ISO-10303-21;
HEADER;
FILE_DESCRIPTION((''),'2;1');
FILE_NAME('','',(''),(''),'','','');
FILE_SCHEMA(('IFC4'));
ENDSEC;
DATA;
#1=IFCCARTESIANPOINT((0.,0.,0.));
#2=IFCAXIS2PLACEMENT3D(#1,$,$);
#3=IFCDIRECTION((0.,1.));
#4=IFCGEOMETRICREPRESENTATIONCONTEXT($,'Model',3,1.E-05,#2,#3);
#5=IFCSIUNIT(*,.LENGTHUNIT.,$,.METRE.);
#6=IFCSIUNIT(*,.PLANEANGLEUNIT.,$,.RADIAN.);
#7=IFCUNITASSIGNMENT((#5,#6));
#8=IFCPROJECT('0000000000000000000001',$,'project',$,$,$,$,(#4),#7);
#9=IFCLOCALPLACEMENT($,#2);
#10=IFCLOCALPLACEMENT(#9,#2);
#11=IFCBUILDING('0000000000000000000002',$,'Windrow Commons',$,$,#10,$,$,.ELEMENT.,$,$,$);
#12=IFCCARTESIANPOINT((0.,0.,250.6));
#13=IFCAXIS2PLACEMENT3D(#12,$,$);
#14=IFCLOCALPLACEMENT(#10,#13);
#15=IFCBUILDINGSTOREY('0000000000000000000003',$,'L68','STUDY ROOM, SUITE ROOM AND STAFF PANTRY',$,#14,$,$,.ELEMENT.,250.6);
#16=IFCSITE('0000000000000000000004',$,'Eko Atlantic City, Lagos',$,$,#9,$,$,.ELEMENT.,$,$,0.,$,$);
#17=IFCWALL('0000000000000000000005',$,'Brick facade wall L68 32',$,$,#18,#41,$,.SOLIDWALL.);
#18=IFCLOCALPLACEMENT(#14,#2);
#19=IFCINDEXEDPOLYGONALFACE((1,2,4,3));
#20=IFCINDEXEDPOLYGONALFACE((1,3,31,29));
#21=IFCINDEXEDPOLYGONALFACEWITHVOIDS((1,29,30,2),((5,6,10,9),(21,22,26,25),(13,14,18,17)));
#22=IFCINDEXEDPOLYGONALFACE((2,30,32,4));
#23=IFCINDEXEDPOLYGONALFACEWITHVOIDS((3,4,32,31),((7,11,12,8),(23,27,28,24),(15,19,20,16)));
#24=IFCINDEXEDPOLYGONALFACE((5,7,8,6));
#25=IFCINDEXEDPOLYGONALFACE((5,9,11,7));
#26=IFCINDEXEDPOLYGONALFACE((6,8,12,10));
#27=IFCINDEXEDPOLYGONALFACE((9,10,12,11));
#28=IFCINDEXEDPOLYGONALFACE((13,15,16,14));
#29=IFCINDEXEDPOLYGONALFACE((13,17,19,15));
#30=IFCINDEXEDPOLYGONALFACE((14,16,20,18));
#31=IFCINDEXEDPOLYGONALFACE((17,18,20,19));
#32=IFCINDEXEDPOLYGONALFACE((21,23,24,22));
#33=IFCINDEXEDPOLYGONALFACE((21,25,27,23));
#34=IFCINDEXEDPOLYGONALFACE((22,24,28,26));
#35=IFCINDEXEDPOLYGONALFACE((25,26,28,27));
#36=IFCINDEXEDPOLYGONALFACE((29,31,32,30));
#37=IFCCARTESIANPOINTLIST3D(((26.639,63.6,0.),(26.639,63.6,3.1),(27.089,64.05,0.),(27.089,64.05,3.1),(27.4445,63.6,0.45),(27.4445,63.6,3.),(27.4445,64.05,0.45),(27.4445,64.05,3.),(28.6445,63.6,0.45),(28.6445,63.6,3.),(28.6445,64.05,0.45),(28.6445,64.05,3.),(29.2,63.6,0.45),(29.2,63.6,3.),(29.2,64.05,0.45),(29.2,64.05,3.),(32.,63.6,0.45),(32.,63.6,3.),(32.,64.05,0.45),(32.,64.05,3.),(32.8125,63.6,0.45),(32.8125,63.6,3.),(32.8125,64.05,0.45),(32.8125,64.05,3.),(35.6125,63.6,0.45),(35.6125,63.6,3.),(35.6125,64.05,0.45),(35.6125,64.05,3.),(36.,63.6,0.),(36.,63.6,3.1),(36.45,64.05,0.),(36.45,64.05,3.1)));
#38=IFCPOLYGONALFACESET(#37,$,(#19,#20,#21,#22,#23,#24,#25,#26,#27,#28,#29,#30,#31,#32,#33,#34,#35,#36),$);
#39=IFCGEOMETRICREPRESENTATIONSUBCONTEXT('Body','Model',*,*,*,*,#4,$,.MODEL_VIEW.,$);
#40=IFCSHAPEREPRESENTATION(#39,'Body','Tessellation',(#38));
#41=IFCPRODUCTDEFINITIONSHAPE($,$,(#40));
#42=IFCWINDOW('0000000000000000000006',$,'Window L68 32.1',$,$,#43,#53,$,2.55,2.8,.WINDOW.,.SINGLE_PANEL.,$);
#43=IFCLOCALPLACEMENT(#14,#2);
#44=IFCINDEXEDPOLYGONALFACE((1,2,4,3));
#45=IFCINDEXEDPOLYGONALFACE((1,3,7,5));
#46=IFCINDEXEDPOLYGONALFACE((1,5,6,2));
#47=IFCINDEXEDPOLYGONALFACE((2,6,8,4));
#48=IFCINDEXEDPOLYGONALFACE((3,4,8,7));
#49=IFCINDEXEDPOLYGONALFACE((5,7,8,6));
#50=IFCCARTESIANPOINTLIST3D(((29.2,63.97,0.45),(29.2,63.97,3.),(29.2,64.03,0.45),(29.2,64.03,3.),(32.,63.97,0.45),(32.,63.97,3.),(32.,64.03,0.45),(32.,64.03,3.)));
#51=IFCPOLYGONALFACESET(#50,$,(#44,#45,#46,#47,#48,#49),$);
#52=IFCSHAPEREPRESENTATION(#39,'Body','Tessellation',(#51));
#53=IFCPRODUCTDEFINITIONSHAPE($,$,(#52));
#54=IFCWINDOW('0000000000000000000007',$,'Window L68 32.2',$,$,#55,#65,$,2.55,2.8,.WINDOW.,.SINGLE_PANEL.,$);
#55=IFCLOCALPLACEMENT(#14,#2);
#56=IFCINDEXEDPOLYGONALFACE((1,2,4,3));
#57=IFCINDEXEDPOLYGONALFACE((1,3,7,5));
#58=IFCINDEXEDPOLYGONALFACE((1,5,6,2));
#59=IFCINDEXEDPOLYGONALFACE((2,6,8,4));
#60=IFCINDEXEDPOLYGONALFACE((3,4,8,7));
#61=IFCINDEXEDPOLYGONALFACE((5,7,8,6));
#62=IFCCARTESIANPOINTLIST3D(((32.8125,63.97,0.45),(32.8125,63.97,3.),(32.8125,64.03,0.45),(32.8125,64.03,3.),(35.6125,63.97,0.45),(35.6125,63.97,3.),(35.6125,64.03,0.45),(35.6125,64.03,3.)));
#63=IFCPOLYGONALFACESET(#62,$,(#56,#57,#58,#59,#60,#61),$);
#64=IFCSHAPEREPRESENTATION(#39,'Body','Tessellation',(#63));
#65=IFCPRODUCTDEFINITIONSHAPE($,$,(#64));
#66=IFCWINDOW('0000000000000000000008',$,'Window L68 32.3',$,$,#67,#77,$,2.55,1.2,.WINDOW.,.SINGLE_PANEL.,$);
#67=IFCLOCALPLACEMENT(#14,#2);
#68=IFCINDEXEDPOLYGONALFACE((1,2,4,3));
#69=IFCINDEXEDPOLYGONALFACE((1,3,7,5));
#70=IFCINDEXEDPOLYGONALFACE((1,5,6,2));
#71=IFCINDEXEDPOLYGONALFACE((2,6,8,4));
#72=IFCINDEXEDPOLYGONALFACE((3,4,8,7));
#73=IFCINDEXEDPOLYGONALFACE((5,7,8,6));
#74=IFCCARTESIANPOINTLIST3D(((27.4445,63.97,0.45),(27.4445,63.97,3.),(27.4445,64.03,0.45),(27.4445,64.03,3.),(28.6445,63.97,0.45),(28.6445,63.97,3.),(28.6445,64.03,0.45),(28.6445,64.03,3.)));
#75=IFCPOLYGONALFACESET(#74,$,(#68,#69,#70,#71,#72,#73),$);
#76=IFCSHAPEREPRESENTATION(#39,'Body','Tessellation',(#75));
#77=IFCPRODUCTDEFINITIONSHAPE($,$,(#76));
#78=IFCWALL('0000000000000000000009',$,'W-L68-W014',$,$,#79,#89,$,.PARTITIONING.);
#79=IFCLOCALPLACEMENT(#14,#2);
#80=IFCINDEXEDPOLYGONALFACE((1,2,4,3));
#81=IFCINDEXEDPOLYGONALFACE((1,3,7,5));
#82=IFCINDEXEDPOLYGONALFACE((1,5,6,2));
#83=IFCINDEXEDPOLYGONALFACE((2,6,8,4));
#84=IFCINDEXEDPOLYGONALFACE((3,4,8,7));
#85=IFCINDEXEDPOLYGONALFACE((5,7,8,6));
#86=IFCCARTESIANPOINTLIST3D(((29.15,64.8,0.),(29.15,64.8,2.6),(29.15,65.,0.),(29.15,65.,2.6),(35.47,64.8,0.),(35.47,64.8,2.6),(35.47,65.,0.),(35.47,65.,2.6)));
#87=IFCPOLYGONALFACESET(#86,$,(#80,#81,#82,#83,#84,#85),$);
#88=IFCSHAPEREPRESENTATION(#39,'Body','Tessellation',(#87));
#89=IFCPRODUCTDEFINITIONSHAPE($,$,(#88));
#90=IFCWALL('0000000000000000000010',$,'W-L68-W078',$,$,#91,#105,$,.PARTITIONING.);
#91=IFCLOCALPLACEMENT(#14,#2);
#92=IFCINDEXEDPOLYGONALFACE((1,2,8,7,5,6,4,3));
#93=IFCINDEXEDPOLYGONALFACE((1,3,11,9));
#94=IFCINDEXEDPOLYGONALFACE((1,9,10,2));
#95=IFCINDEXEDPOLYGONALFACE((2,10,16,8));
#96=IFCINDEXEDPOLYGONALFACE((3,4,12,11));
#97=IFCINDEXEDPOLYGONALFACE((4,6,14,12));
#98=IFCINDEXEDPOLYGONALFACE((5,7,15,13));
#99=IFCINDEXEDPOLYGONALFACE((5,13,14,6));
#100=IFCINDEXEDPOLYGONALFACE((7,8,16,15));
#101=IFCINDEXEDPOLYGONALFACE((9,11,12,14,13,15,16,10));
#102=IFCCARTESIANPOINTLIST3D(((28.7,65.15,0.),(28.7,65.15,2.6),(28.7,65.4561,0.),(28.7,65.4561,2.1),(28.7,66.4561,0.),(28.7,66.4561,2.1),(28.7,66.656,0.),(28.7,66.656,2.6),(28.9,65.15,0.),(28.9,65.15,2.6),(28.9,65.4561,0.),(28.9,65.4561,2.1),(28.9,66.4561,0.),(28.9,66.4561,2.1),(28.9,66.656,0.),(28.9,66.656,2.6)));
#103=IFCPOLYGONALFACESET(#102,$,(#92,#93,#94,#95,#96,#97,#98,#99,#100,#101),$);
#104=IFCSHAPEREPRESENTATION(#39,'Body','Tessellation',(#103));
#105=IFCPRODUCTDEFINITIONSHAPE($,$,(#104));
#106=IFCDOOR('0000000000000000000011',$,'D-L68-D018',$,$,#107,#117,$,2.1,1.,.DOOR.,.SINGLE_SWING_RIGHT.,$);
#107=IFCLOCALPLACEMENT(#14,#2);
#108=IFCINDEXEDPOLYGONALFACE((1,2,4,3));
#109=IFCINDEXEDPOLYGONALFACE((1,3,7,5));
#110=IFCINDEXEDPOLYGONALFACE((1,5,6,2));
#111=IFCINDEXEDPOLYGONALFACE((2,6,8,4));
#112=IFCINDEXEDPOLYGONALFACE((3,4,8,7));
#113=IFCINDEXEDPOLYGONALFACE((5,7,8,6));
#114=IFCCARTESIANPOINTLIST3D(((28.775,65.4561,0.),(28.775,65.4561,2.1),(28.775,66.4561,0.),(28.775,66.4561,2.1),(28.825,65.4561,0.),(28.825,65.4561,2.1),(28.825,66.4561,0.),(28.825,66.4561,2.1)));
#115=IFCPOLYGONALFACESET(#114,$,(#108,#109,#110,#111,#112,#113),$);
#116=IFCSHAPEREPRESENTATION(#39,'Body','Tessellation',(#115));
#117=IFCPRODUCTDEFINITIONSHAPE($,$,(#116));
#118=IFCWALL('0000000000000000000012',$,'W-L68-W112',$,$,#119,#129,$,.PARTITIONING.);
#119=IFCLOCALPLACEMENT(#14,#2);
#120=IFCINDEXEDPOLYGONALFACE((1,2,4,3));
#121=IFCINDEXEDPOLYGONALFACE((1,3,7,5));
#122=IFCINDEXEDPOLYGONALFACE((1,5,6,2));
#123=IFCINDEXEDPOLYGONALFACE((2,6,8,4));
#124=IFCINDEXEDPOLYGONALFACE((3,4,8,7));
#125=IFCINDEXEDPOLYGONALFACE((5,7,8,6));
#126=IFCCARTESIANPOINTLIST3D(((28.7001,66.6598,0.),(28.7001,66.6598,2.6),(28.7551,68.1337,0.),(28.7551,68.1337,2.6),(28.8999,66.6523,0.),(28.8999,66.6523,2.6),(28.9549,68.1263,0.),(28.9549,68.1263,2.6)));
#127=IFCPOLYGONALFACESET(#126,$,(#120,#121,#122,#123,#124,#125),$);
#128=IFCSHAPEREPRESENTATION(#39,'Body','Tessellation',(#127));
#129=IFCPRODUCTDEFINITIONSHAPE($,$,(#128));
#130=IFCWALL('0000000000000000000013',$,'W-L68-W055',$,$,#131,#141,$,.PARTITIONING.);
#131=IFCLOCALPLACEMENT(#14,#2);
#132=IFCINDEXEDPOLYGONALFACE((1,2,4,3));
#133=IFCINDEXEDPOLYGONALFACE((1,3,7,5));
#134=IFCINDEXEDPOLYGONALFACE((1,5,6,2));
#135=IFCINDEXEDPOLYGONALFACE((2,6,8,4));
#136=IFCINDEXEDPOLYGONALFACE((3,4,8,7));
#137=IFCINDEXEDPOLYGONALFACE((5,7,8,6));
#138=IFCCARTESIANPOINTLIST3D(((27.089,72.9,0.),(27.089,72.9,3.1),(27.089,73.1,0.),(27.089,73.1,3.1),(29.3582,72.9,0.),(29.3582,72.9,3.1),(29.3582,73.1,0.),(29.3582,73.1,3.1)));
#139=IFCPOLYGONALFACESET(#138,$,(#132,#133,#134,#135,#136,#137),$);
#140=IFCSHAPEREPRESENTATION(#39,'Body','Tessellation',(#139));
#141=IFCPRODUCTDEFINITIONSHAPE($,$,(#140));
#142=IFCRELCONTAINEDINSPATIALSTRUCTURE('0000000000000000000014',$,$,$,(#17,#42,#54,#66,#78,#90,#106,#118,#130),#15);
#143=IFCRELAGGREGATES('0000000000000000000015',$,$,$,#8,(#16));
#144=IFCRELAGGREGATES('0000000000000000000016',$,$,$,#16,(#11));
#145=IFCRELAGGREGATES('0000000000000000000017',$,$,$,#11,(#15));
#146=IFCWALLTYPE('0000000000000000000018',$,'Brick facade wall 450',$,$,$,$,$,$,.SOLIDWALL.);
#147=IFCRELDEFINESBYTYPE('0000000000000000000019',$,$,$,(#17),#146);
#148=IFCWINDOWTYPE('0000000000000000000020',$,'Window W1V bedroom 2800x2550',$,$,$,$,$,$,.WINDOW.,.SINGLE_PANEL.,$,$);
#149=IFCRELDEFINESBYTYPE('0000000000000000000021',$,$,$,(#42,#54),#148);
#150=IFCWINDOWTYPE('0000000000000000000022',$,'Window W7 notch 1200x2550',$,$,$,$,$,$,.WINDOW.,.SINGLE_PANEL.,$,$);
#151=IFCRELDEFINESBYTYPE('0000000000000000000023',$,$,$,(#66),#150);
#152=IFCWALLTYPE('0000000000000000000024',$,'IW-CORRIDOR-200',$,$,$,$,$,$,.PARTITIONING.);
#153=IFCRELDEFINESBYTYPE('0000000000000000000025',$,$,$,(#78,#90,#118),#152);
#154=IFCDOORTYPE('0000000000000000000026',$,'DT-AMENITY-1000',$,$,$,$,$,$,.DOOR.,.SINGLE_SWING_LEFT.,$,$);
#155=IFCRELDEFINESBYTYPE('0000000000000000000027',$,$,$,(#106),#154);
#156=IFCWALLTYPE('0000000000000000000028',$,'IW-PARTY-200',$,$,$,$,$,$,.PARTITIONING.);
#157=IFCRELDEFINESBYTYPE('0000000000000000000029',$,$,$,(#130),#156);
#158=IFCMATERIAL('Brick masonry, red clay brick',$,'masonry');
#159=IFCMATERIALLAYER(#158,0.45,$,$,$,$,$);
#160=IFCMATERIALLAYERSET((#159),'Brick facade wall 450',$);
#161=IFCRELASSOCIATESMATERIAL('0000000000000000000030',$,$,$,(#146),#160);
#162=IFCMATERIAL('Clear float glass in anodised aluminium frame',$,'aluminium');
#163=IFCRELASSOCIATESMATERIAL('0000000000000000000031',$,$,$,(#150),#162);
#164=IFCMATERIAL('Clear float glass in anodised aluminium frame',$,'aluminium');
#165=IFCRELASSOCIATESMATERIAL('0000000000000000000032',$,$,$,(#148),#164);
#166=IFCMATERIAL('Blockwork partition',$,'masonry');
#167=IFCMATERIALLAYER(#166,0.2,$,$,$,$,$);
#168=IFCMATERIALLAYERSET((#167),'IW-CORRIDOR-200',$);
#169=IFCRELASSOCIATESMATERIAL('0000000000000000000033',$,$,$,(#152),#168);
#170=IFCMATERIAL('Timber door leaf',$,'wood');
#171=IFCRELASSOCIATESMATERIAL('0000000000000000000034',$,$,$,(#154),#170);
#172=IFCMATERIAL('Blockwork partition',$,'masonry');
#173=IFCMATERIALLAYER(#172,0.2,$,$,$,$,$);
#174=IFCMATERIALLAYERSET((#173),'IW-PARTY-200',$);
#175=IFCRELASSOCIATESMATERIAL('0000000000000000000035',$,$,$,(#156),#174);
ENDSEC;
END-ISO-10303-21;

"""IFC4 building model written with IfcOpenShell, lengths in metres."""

from ifc_helpers import new_model, si_unit, direction, frame, frame_2d, origin, place, context, subcontext, project, spatial, polyline, rectangle, outline, extrude, material, layer, layer_set, type_object, element, fill, save


model = new_model("IFC4")

# Units and contexts
model_context = context("Model", 3, precision=1e-05, world=origin(), true_north=direction((0.0, 1.0)))
body_context = subcontext(model_context, "Body", "Model", "MODEL_VIEW")
ifc_project = project(units=[si_unit("LENGTHUNIT", "METRE"), si_unit("PLANEANGLEUNIT", "RADIAN")], contexts=[model_context])

# Site, building, storey
site_placement = place(None, origin())
site = spatial("IfcSite", under=ifc_project, at=site_placement, Name="Eko Atlantic City, Lagos", CompositionType="ELEMENT", RefElevation=0.0)
building_placement = place(site_placement, origin())
building = spatial("IfcBuilding", under=site, at=building_placement, Name="Windrow Commons", CompositionType="ELEMENT")
storey_placement = place(building_placement, frame((0.0, 0.0, 250.6)))
storey = spatial("IfcBuildingStorey", under=building, at=storey_placement, Name="L68", Description="STUDY ROOM, SUITE ROOM AND STAFF PANTRY", CompositionType="ELEMENT", Elevation=250.6)

# Shared definitions
ifc_material_1 = material(Name="Brick masonry, red clay brick", Category="masonry")
ifc_layer_1 = layer(ifc_material_1, 0.45)
ifc_layer_set_1 = layer_set([ifc_layer_1], Name="Brick facade wall 450")
wall_type_1 = type_object("IfcWallType", Name="Brick facade wall 450", PredefinedType="SOLIDWALL", material=ifc_layer_set_1)
ifc_material_2 = material(Name="Clear float glass in anodised aluminium frame", Category="aluminium")
window_type_1 = type_object("IfcWindowType", Name="Window W7 notch 1200x2550", PartitioningType="SINGLE_PANEL", PredefinedType="WINDOW", material=ifc_material_2)

# Wall, openings, windows
ifc_material_3 = material(Name="Clear float glass in anodised aluminium frame", Category="aluminium")
window_type_2 = type_object("IfcWindowType", Name="Window W1V bedroom 2800x2550", PartitioningType="SINGLE_PANEL", PredefinedType="WINDOW", material=ifc_material_3)
wall_1_placement = place(storey_placement, frame((26.864, 63.825, 0.0), z_axis=(0.0, 0.0, 1.0), x_axis=(1.0, 0.0, 0.0)))
wall_1 = element("IfcWall", 1, at=wall_1_placement, inside=storey, type_object=wall_type_1, Name="Brick facade wall L68 32", PredefinedType="SOLIDWALL", context=body_context, shape_type="SweptSolid", body=[
    extrude(outline(polyline([(-0.225, -0.225), (9.136, -0.225), (9.586, 0.225), (0.225, 0.225), (-0.225, -0.225)])), origin(), (0.0, 0.0, 1.0), 3.1),
])
opening_1_placement = place(wall_1_placement, frame((2.336, 0.0, 0.45)))
opening_1 = element("IfcOpeningElement", 2, at=opening_1_placement, cuts=wall_1, PredefinedType="OPENING", context=body_context, shape_type="SweptSolid", body=[
    extrude(rectangle(XDim=2.8, YDim=2.55, at=frame_2d((1.4, 1.275))), frame((0.0, 0.235, 0.0), z_axis=(0.0, -1.0, 0.0), x_axis=(1.0, 0.0, 0.0)), (0.0, 0.0, 1.0), 0.47),
])
opening_2_placement = place(wall_1_placement, frame((5.9485, 0.0, 0.45)))
opening_2 = element("IfcOpeningElement", 3, at=opening_2_placement, cuts=wall_1, PredefinedType="OPENING", context=body_context, shape_type="SweptSolid", body=[
    extrude(rectangle(XDim=2.8, YDim=2.55, at=frame_2d((1.4, 1.275))), frame((0.0, 0.235, 0.0), z_axis=(0.0, -1.0, 0.0), x_axis=(1.0, 0.0, 0.0)), (0.0, 0.0, 1.0), 0.47),
])
opening_3_placement = place(wall_1_placement, frame((0.5805, 0.0, 0.45)))
opening_3 = element("IfcOpeningElement", 4, at=opening_3_placement, cuts=wall_1, PredefinedType="OPENING", context=body_context, shape_type="SweptSolid", body=[
    extrude(rectangle(XDim=1.2, YDim=2.55, at=frame_2d((0.6, 1.275))), frame((0.0, 0.235, 0.0), z_axis=(0.0, -1.0, 0.0), x_axis=(1.0, 0.0, 0.0)), (0.0, 0.0, 1.0), 0.47),
])
window_1_placement = place(opening_1_placement, origin())
window_1 = element("IfcWindow", 5, at=window_1_placement, inside=storey, type_object=window_type_2, Name="Window L68 32.1", OverallHeight=2.55, OverallWidth=2.8, PartitioningType="SINGLE_PANEL", PredefinedType="WINDOW", context=body_context, shape_type="SweptSolid", body=[
    extrude(rectangle(XDim=2.8, YDim=2.55, at=frame_2d((1.4, 1.275))), frame((0.0, 0.205, 0.0), z_axis=(0.0, -1.0, 0.0), x_axis=(1.0, 0.0, 0.0)), (0.0, 0.0, 1.0), 0.06),
])
fill(opening_1, window_1)
window_2_placement = place(opening_2_placement, origin())
window_2 = element("IfcWindow", 6, at=window_2_placement, inside=storey, type_object=window_type_2, Name="Window L68 32.2", OverallHeight=2.55, OverallWidth=2.8, PartitioningType="SINGLE_PANEL", PredefinedType="WINDOW", context=body_context, shape_type="SweptSolid", body=[
    extrude(rectangle(XDim=2.8, YDim=2.55, at=frame_2d((1.4, 1.275))), frame((0.0, 0.205, 0.0), z_axis=(0.0, -1.0, 0.0), x_axis=(1.0, 0.0, 0.0)), (0.0, 0.0, 1.0), 0.06),
])
fill(opening_2, window_2)
window_3_placement = place(opening_3_placement, origin())
window_3 = element("IfcWindow", 7, at=window_3_placement, inside=storey, type_object=window_type_1, Name="Window L68 32.3", OverallHeight=2.55, OverallWidth=1.2, PartitioningType="SINGLE_PANEL", PredefinedType="WINDOW", context=body_context, shape_type="SweptSolid", body=[
    extrude(rectangle(XDim=1.2, YDim=2.55, at=frame_2d((0.6, 1.275))), frame((0.0, 0.205, 0.0), z_axis=(0.0, -1.0, 0.0), x_axis=(1.0, 0.0, 0.0)), (0.0, 0.0, 1.0), 0.06),
])
fill(opening_3, window_3)

# Wall
ifc_material_4 = material(Name="Blockwork partition", Category="masonry")
ifc_layer_2 = layer(ifc_material_4, 0.2)
ifc_layer_set_2 = layer_set([ifc_layer_2], Name="IW-CORRIDOR-200")
wall_type_2 = type_object("IfcWallType", Name="IW-CORRIDOR-200", PredefinedType="PARTITIONING", material=ifc_layer_set_2)
wall_2_placement = place(storey_placement, frame((29.15, 64.9, 0.0), z_axis=(0.0, 0.0, 1.0), x_axis=(1.0, 0.0, 0.0)))
element("IfcWall", 8, at=wall_2_placement, inside=storey, type_object=wall_type_2, Name="W-L68-W014", PredefinedType="PARTITIONING", context=body_context, shape_type="SweptSolid", body=[
    extrude(rectangle(XDim=6.32, YDim=0.2, at=frame_2d((3.16, 0.0))), origin(), (0.0, 0.0, 1.0), 2.6),
])

# Wall, opening, door
wall_3_placement = place(storey_placement, frame((28.8, 65.15, 0.0), z_axis=(0.0, 0.0, 1.0), x_axis=(0.0, 1.0, 0.0)))
wall_3 = element("IfcWall", 9, at=wall_3_placement, inside=storey, type_object=wall_type_2, Name="W-L68-W078", PredefinedType="PARTITIONING", context=body_context, shape_type="SweptSolid", body=[
    extrude(rectangle(XDim=1.506, YDim=0.2, at=frame_2d((0.753, 0.0))), origin(), (0.0, 0.0, 1.0), 2.6),
])
opening_4_placement = place(wall_3_placement, frame((0.3061, 0.0, 0.0)))
opening_4 = element("IfcOpeningElement", 10, at=opening_4_placement, cuts=wall_3, PredefinedType="OPENING", context=body_context, shape_type="SweptSolid", body=[
    extrude(rectangle(XDim=1.0, YDim=2.1, at=frame_2d((0.5, 1.05))), frame((0.0, 0.11, 0.0), z_axis=(0.0, -1.0, 0.0), x_axis=(1.0, 0.0, 0.0)), (0.0, 0.0, 1.0), 0.22),
])
ifc_material_5 = material(Name="Timber door leaf", Category="wood")
door_type_1 = type_object("IfcDoorType", Name="DT-AMENITY-1000", OperationType="SINGLE_SWING_LEFT", PredefinedType="DOOR", material=ifc_material_5)
door_1_placement = place(opening_4_placement, origin())
door_1 = element("IfcDoor", 11, at=door_1_placement, inside=storey, type_object=door_type_1, Name="D-L68-D018", OperationType="SINGLE_SWING_RIGHT", OverallHeight=2.1, OverallWidth=1.0, PredefinedType="DOOR", context=body_context, shape_type="SweptSolid", body=[
    extrude(rectangle(XDim=1.0, YDim=2.1, at=frame_2d((0.5, 1.05))), frame((0.0, 0.025, 0.0), z_axis=(0.0, -1.0, 0.0), x_axis=(1.0, 0.0, 0.0)), (0.0, 0.0, 1.0), 0.05),
])
fill(opening_4, door_1)

# Walls
wall_4_placement = place(storey_placement, frame((28.855, 68.13, 0.0), z_axis=(0.0, 0.0, 1.0), x_axis=(-0.037287, -0.999305, 0.0)))
element("IfcWall", 12, at=wall_4_placement, inside=storey, type_object=wall_type_2, Name="W-L68-W112", PredefinedType="PARTITIONING", context=body_context, shape_type="SweptSolid", body=[
    extrude(rectangle(XDim=1.475, YDim=0.2, at=frame_2d((0.7375, 0.0))), origin(), (0.0, 0.0, 1.0), 2.6),
])
ifc_material_6 = material(Name="Blockwork partition", Category="masonry")
ifc_layer_3 = layer(ifc_material_6, 0.2)
ifc_layer_set_3 = layer_set([ifc_layer_3], Name="IW-PARTY-200")
wall_type_3 = type_object("IfcWallType", Name="IW-PARTY-200", PredefinedType="PARTITIONING", material=ifc_layer_set_3)
wall_5_placement = place(storey_placement, frame((27.089, 73.0, 0.0), z_axis=(0.0, 0.0, 1.0), x_axis=(1.0, 0.0, 0.0)))
element("IfcWall", 13, at=wall_5_placement, inside=storey, type_object=wall_type_3, Name="W-L68-W055", PredefinedType="PARTITIONING", context=body_context, shape_type="SweptSolid", body=[
    extrude(rectangle(XDim=2.2692, YDim=0.2, at=frame_2d((1.1346, 0.0))), origin(), (0.0, 0.0, 1.0), 3.1),
])

save(model, "model.ifc")
